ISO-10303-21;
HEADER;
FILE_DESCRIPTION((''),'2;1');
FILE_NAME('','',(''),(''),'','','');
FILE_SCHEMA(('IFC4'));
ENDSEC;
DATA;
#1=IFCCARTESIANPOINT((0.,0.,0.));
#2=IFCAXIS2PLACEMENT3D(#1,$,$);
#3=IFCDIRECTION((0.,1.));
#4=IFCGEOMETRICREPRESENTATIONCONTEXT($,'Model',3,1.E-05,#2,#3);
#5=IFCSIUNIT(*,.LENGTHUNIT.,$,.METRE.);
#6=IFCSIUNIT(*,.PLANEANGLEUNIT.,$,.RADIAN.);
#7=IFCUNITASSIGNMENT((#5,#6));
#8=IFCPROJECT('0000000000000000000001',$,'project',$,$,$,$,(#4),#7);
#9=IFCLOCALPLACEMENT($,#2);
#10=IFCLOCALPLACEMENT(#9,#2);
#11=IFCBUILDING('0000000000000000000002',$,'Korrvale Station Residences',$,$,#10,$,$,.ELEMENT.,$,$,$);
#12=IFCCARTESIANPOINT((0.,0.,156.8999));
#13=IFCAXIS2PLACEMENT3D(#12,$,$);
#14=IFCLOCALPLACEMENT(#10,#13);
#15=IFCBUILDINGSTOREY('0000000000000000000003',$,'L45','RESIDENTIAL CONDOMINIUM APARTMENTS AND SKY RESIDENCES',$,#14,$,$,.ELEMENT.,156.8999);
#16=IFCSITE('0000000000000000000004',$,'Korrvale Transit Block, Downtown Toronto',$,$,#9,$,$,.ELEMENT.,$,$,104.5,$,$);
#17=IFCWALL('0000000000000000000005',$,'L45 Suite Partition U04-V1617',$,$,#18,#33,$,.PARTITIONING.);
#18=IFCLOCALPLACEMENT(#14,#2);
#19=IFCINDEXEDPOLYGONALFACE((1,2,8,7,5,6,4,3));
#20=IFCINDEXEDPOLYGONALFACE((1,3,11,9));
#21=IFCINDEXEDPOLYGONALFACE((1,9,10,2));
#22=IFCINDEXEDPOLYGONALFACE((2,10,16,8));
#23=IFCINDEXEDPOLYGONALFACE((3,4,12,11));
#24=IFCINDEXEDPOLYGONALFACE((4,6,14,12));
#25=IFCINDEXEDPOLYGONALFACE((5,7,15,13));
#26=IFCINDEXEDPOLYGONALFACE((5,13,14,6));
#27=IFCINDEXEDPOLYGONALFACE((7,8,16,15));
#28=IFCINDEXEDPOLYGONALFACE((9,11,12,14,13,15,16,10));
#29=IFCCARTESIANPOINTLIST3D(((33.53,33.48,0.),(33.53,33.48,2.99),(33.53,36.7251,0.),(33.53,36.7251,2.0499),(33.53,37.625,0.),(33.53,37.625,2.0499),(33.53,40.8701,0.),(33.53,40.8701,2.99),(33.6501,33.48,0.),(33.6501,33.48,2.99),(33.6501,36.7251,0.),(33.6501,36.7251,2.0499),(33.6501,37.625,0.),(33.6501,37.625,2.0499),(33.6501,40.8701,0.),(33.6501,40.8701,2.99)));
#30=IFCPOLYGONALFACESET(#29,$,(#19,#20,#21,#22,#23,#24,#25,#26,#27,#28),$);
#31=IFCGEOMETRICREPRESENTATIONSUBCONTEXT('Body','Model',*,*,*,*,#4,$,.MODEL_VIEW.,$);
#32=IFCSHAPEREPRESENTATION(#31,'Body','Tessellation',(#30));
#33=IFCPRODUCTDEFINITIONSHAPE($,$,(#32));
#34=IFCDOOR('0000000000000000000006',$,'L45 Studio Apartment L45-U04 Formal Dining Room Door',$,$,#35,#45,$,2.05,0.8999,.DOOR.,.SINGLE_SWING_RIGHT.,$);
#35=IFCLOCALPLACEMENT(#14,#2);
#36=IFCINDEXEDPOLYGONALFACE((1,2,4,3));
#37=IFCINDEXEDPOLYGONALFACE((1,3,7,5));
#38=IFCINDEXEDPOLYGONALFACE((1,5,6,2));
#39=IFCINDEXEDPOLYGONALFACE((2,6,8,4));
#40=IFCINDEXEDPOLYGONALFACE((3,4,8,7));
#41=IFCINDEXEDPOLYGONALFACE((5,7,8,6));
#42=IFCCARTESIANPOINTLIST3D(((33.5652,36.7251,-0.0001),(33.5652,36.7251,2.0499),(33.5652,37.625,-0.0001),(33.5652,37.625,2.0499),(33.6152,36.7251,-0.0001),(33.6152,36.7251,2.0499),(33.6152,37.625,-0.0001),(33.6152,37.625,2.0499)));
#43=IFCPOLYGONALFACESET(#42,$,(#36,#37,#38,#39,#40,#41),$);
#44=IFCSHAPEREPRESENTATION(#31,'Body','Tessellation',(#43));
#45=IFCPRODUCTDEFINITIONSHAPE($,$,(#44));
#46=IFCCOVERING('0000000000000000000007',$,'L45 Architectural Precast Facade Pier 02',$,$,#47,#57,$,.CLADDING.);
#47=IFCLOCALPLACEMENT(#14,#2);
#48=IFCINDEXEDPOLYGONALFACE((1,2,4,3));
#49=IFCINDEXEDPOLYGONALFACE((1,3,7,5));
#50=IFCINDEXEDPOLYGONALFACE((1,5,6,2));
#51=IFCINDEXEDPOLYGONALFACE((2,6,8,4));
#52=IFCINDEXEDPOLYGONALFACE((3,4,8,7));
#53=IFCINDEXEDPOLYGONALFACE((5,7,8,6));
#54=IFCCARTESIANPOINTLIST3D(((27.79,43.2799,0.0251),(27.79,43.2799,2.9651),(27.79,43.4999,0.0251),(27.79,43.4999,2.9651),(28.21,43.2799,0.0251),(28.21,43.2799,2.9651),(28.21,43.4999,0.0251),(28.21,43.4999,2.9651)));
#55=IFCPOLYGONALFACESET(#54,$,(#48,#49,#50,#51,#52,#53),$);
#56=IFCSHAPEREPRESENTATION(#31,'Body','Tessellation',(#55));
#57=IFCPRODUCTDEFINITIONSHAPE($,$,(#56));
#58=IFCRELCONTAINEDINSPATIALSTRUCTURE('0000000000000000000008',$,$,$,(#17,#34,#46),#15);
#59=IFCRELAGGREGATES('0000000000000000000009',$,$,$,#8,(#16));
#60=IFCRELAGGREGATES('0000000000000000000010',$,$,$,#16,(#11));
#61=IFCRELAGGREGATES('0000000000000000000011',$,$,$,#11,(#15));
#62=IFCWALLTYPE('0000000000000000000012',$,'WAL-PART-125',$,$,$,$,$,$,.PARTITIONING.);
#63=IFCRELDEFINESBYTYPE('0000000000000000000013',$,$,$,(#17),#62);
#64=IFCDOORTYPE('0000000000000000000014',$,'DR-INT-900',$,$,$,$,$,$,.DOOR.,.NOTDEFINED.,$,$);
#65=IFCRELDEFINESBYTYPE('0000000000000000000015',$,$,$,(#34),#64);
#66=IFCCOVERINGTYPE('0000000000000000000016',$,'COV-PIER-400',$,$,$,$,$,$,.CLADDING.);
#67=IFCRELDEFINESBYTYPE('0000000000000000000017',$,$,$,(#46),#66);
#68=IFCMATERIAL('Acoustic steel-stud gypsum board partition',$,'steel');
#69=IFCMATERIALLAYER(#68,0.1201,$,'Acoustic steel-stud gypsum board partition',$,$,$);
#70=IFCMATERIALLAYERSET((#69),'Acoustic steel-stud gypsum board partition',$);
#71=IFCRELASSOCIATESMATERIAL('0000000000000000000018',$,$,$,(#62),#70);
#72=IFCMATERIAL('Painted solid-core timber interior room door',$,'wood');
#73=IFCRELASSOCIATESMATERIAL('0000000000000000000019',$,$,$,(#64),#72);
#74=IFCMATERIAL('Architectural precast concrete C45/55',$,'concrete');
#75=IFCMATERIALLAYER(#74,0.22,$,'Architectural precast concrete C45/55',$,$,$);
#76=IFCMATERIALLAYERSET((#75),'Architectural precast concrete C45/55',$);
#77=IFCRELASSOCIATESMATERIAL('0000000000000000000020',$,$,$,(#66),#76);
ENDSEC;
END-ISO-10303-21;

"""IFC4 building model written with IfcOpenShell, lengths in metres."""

from ifc_helpers import new_model, si_unit, direction, frame, frame_2d, origin, origin_2d, place, context, subcontext, project, spatial, rectangle, extrude, material, layer, layer_set, type_object, element, fill, save


model = new_model("IFC4")

# Units and contexts
model_context = context("Model", 3, precision=1e-05, world=origin(), true_north=direction((0.0, 1.0)))
body_context = subcontext(model_context, "Body", "Model", "MODEL_VIEW")
ifc_project = project(units=[si_unit("LENGTHUNIT", "METRE"), si_unit("PLANEANGLEUNIT", "RADIAN")], contexts=[model_context])

# Site, building, storey
site_placement = place(None, origin())
site = spatial("IfcSite", under=ifc_project, at=site_placement, Name="Korrvale Transit Block, Downtown Toronto", CompositionType="ELEMENT", RefElevation=104.5)
building_placement = place(site_placement, origin())
building = spatial("IfcBuilding", under=site, at=building_placement, Name="Korrvale Station Residences", CompositionType="ELEMENT")
storey_placement = place(building_placement, frame((0.0, 0.0, 156.8999)))
storey = spatial("IfcBuildingStorey", under=building, at=storey_placement, Name="L45", Description="RESIDENTIAL CONDOMINIUM APARTMENTS AND SKY RESIDENCES", CompositionType="ELEMENT", Elevation=156.8999)

# Wall, opening, door
ifc_material_1 = material(Name="Acoustic steel-stud gypsum board partition", Category="steel")
ifc_layer_1 = layer(ifc_material_1, 0.1201, Name="Acoustic steel-stud gypsum board partition")
ifc_layer_set_1 = layer_set([ifc_layer_1], Name="Acoustic steel-stud gypsum board partition")
wall_type_1 = type_object("IfcWallType", Name="WAL-PART-125", PredefinedType="PARTITIONING", material=ifc_layer_set_1)
ifc_material_2 = material(Name="Painted solid-core timber interior room door", Category="wood")
door_type_1 = type_object("IfcDoorType", Name="DR-INT-900", OperationType="NOTDEFINED", PredefinedType="DOOR", material=ifc_material_2)
wall_1_placement = place(storey_placement, frame((33.5901, 33.48, 0.0), z_axis=(0.0, 0.0, 1.0), x_axis=(0.0, 1.0, 0.0)))
wall_1 = element("IfcWall", 1, at=wall_1_placement, inside=storey, type_object=wall_type_1, Name="L45 Suite Partition U04-V1617", PredefinedType="PARTITIONING", context=body_context, shape_type="SweptSolid", body=[
    extrude(rectangle(XDim=7.3901, YDim=0.1201, at=frame_2d((3.6951, 0.0))), origin(), (0.0, 0.0, 1.0), 2.99),
])
opening_1_placement = place(wall_1_placement, frame((3.2451, 0.0, 0.0)))
opening_1 = element("IfcOpeningElement", 2, at=opening_1_placement, cuts=wall_1, PredefinedType="OPENING", context=body_context, shape_type="SweptSolid", body=[
    extrude(rectangle(XDim=0.8999, YDim=2.05, at=frame_2d((0.45, 1.0249))), frame((0.0, 0.0701, 0.0), z_axis=(0.0, -1.0, 0.0), x_axis=(1.0, 0.0, 0.0)), (0.0, 0.0, 1.0), 0.1401),
])
door_1_placement = place(opening_1_placement, origin())
door_1 = element("IfcDoor", 3, at=door_1_placement, inside=storey, type_object=door_type_1, Name="L45 Studio Apartment L45-U04 Formal Dining Room Door", OperationType="SINGLE_SWING_RIGHT", OverallHeight=2.05, OverallWidth=0.8999, PredefinedType="DOOR", context=body_context, shape_type="SweptSolid", body=[
    extrude(rectangle(XDim=0.8999, YDim=2.05, at=frame_2d((0.45, 1.0249))), frame((0.0, 0.0249, 0.0), z_axis=(0.0, -1.0, 0.0), x_axis=(1.0, 0.0, 0.0)), (0.0, 0.0, 1.0), 0.05),
])
fill(opening_1, door_1)

# Covering
ifc_material_3 = material(Name="Architectural precast concrete C45/55", Category="concrete")
ifc_layer_2 = layer(ifc_material_3, 0.22, Name="Architectural precast concrete C45/55")
ifc_layer_set_2 = layer_set([ifc_layer_2], Name="Architectural precast concrete C45/55")
covering_type = type_object("IfcCoveringType", Name="COV-PIER-400", PredefinedType="CLADDING", material=ifc_layer_set_2)
covering_placement = place(storey_placement, frame((28.0, 43.3899, 0.0251), z_axis=(0.0, 0.0, 1.0), x_axis=(1.0, 0.0, 0.0)))
element("IfcCovering", 4, at=covering_placement, inside=storey, type_object=covering_type, Name="L45 Architectural Precast Facade Pier 02", PredefinedType="CLADDING", context=body_context, shape_type="SweptSolid", body=[
    extrude(rectangle(XDim=0.4199, YDim=0.22, at=origin_2d()), origin(), (0.0, 0.0, 1.0), 2.9399),
])

save(model, "model.ifc")
